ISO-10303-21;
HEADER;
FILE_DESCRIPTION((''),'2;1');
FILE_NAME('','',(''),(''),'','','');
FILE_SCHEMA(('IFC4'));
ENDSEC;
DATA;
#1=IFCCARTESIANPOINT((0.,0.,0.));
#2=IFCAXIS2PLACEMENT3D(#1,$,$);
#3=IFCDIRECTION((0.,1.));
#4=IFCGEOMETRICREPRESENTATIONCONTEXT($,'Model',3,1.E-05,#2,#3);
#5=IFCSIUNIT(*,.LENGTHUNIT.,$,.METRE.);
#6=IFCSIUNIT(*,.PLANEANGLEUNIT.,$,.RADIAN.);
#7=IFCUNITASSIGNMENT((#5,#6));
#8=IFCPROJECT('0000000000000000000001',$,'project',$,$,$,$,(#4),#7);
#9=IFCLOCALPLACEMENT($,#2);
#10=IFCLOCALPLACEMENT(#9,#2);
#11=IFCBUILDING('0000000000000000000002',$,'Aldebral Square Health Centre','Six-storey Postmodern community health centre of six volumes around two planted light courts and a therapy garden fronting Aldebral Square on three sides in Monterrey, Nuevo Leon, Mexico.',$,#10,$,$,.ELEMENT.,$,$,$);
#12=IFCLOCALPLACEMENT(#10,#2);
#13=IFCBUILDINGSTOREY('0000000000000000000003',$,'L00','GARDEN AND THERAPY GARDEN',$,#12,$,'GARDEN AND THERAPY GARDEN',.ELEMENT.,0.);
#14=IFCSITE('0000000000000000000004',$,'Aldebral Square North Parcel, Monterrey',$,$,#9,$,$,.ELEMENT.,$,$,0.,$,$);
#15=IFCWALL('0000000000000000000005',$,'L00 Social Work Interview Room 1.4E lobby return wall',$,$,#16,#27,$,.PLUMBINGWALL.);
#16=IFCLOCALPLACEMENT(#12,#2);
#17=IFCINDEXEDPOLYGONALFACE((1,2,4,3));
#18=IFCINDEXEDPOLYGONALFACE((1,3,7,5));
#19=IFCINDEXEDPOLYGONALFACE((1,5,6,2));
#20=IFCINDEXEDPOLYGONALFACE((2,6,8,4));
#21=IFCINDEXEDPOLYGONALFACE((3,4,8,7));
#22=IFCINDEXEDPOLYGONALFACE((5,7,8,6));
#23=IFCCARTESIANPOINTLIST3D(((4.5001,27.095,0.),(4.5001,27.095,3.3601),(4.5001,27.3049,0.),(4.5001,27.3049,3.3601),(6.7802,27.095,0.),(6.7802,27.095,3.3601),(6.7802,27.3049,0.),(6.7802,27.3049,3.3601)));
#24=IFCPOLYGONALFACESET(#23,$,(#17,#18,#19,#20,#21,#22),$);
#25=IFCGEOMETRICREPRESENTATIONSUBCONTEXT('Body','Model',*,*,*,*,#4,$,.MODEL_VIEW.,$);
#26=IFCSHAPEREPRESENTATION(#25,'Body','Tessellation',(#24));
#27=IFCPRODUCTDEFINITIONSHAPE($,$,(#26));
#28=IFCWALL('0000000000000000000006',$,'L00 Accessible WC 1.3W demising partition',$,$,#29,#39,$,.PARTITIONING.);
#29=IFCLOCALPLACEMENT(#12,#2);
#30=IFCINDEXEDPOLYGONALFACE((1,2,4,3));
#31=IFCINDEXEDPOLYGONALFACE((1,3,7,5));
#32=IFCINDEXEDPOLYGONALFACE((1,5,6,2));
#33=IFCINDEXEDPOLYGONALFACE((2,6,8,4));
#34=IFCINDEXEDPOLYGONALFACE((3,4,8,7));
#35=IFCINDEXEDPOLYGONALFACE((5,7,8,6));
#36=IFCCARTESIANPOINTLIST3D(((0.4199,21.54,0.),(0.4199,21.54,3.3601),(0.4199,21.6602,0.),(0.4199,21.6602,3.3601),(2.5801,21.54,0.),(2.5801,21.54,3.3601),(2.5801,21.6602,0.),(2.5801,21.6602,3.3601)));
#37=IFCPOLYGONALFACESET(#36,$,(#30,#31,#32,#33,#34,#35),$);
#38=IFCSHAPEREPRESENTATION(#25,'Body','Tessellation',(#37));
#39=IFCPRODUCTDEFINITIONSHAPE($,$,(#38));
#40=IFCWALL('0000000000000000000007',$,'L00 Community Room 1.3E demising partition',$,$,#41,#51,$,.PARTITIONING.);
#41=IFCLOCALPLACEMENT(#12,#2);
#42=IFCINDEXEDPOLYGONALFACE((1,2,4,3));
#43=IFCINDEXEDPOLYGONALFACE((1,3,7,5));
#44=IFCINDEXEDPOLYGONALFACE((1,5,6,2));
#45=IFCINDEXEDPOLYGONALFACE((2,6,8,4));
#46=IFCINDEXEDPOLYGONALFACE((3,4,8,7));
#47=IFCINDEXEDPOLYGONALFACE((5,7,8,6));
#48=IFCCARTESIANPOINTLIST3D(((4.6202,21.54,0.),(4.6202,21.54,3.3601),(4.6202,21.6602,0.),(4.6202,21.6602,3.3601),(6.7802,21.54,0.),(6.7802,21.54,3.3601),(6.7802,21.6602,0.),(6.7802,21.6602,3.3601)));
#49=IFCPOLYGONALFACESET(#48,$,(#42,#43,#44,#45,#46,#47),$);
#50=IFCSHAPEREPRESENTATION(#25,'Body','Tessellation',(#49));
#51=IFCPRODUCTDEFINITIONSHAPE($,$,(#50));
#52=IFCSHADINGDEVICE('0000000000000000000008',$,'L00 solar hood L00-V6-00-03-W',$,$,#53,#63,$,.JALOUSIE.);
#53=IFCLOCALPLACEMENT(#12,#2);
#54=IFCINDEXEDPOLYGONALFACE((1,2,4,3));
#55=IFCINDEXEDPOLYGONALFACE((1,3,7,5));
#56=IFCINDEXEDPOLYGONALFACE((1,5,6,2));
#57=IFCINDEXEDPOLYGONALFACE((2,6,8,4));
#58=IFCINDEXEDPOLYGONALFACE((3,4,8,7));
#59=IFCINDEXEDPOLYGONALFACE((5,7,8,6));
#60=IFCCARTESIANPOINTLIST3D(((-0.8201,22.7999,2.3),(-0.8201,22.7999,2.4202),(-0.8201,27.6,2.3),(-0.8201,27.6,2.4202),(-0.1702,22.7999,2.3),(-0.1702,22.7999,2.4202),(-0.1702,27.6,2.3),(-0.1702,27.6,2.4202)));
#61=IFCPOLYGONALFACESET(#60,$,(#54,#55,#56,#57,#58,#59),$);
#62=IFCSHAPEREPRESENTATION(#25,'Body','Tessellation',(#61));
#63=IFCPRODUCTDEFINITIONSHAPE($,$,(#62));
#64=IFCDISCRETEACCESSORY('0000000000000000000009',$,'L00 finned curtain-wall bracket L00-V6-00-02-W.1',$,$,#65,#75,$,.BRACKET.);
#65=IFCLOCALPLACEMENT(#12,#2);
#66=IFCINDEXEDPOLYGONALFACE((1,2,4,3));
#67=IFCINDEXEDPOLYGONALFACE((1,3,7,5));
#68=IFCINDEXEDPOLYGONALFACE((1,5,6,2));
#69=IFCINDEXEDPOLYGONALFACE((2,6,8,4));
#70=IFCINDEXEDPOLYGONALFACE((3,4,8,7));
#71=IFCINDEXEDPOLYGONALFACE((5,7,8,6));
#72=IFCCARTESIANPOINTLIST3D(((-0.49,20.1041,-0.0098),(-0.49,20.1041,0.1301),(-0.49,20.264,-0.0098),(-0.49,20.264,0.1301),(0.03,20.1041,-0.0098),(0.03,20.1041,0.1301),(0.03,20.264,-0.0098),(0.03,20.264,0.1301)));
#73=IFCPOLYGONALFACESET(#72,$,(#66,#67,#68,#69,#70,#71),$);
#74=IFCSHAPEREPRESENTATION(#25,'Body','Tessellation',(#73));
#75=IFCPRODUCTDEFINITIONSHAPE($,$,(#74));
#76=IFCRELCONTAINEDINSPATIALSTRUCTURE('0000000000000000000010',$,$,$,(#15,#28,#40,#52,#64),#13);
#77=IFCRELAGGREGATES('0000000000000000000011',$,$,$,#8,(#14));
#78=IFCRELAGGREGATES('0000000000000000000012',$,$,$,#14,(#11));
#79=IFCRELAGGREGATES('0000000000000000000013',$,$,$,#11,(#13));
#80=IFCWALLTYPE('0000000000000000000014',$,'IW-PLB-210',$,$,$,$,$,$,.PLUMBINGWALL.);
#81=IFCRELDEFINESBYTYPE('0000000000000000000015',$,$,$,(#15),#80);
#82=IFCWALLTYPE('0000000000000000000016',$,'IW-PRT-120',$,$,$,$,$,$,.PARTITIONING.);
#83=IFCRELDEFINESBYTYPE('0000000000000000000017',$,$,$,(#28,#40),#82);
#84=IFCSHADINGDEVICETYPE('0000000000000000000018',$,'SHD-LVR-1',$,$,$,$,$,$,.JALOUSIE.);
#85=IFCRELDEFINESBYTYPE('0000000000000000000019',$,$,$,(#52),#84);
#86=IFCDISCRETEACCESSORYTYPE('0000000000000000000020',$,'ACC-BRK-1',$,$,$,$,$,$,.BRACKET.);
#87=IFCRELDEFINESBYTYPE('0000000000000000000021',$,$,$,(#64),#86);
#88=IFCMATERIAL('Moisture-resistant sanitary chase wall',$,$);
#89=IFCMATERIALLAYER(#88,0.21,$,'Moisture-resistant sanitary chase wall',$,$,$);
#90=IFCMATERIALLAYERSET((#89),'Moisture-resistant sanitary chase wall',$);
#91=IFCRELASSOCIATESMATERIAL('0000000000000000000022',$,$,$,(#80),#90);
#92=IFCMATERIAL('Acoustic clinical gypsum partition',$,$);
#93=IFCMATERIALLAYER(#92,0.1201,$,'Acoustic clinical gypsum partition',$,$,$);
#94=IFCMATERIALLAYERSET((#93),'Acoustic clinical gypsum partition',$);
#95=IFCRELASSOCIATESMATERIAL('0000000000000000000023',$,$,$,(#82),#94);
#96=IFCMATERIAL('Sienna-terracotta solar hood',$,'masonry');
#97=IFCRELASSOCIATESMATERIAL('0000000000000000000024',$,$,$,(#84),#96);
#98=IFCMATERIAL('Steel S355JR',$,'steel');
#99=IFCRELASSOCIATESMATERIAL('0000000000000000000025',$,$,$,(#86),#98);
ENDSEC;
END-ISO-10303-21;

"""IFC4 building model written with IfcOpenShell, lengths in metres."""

from ifc_helpers import new_model, si_unit, direction, frame, frame_2d, origin, origin_2d, place, context, subcontext, project, spatial, rectangle, extrude, material, layer, layer_set, type_object, element, save


model = new_model("IFC4")

# Units and contexts
model_context = context("Model", 3, precision=1e-05, world=origin(), true_north=direction((0.0, 1.0)))
body_context = subcontext(model_context, "Body", "Model", "MODEL_VIEW")
ifc_project = project(units=[si_unit("LENGTHUNIT", "METRE"), si_unit("PLANEANGLEUNIT", "RADIAN")], contexts=[model_context])

# Site, building, storey
site_placement = place(None, origin())
site = spatial("IfcSite", under=ifc_project, at=site_placement, Name="Aldebral Square North Parcel, Monterrey", CompositionType="ELEMENT", RefElevation=0.0)
building_placement = place(site_placement, origin())
building = spatial("IfcBuilding", under=site, at=building_placement, Name="Aldebral Square Health Centre", Description="Six-storey Postmodern community health centre of six volumes around two planted light courts and a therapy garden fronting Aldebral Square on three sides in Monterrey, Nuevo Leon, Mexico.", CompositionType="ELEMENT")
storey_placement = place(building_placement, origin())
storey = spatial("IfcBuildingStorey", under=building, at=storey_placement, Name="L00", Description="GARDEN AND THERAPY GARDEN", LongName="GARDEN AND THERAPY GARDEN", CompositionType="ELEMENT", Elevation=0.0)

# Walls
ifc_material_1 = material(Name="Moisture-resistant sanitary chase wall")
ifc_layer_1 = layer(ifc_material_1, 0.21, Name="Moisture-resistant sanitary chase wall")
ifc_layer_set_1 = layer_set([ifc_layer_1], Name="Moisture-resistant sanitary chase wall")
wall_type_1 = type_object("IfcWallType", Name="IW-PLB-210", PredefinedType="PLUMBINGWALL", material=ifc_layer_set_1)
wall_1_placement = place(storey_placement, frame((4.5, 27.2, 0.0), z_axis=(0.0, 0.0, 1.0), x_axis=(1.0, 0.0, 0.0)))
element("IfcWall", 1, at=wall_1_placement, inside=storey, type_object=wall_type_1, Name="L00 Social Work Interview Room 1.4E lobby return wall", PredefinedType="PLUMBINGWALL", context=body_context, shape_type="SweptSolid", body=[
    extrude(rectangle(XDim=2.28, YDim=0.21, at=frame_2d((1.1401, 0.0))), origin(), (0.0, 0.0, 1.0), 3.3601),
])
ifc_material_2 = material(Name="Acoustic clinical gypsum partition")
ifc_layer_2 = layer(ifc_material_2, 0.1201, Name="Acoustic clinical gypsum partition")
ifc_layer_set_2 = layer_set([ifc_layer_2], Name="Acoustic clinical gypsum partition")
wall_type_2 = type_object("IfcWallType", Name="IW-PRT-120", PredefinedType="PARTITIONING", material=ifc_layer_set_2)
wall_2_placement = place(storey_placement, frame((0.4199, 21.6001, 0.0), z_axis=(0.0, 0.0, 1.0), x_axis=(1.0, 0.0, 0.0)))
element("IfcWall", 2, at=wall_2_placement, inside=storey, type_object=wall_type_2, Name="L00 Accessible WC 1.3W demising partition", PredefinedType="PARTITIONING", context=body_context, shape_type="SweptSolid", body=[
    extrude(rectangle(XDim=2.1602, YDim=0.1201, at=frame_2d((1.0801, 0.0))), origin(), (0.0, 0.0, 1.0), 3.3601),
])
wall_3_placement = place(storey_placement, frame((4.6201, 21.6001, 0.0), z_axis=(0.0, 0.0, 1.0), x_axis=(1.0, 0.0, 0.0)))
element("IfcWall", 3, at=wall_3_placement, inside=storey, type_object=wall_type_2, Name="L00 Community Room 1.3E demising partition", PredefinedType="PARTITIONING", context=body_context, shape_type="SweptSolid", body=[
    extrude(rectangle(XDim=2.1599, YDim=0.1201, at=frame_2d((1.0801, 0.0))), origin(), (0.0, 0.0, 1.0), 3.3601),
])

# Shading device
ifc_material_3 = material(Name="Sienna-terracotta solar hood", Category="masonry")
shading_device_type = type_object("IfcShadingDeviceType", Name="SHD-LVR-1", PredefinedType="JALOUSIE", material=ifc_material_3)
shading_device_placement = place(storey_placement, frame((-0.4951, 25.2, 2.3), z_axis=(0.0, 0.0, 1.0), x_axis=(0.0, 1.0, 0.0)))
element("IfcShadingDevice", 4, at=shading_device_placement, inside=storey, type_object=shading_device_type, Name="L00 solar hood L00-V6-00-03-W", PredefinedType="JALOUSIE", context=body_context, shape_type="SweptSolid", body=[
    extrude(rectangle(XDim=4.8, YDim=0.6499, at=origin_2d()), origin(), (0.0, 0.0, 1.0), 0.1201),
])

# Discrete accessory
ifc_material_4 = material(Name="Steel S355JR", Category="steel")
discrete_accessory_type = type_object("IfcDiscreteAccessoryType", Name="ACC-BRK-1", PredefinedType="BRACKET", material=ifc_material_4)
discrete_accessory_placement = place(storey_placement, frame((-0.23, 20.1841, -0.0098), z_axis=(0.0, 0.0, 1.0), x_axis=(0.0, 1.0, 0.0)))
element("IfcDiscreteAccessory", 5, at=discrete_accessory_placement, inside=storey, type_object=discrete_accessory_type, Name="L00 finned curtain-wall bracket L00-V6-00-02-W.1", PredefinedType="BRACKET", context=body_context, shape_type="SweptSolid", body=[
    extrude(rectangle(XDim=0.1599, YDim=0.52, at=origin_2d()), origin(), (0.0, 0.0, 1.0), 0.1399),
])

save(model, "model.ifc")
